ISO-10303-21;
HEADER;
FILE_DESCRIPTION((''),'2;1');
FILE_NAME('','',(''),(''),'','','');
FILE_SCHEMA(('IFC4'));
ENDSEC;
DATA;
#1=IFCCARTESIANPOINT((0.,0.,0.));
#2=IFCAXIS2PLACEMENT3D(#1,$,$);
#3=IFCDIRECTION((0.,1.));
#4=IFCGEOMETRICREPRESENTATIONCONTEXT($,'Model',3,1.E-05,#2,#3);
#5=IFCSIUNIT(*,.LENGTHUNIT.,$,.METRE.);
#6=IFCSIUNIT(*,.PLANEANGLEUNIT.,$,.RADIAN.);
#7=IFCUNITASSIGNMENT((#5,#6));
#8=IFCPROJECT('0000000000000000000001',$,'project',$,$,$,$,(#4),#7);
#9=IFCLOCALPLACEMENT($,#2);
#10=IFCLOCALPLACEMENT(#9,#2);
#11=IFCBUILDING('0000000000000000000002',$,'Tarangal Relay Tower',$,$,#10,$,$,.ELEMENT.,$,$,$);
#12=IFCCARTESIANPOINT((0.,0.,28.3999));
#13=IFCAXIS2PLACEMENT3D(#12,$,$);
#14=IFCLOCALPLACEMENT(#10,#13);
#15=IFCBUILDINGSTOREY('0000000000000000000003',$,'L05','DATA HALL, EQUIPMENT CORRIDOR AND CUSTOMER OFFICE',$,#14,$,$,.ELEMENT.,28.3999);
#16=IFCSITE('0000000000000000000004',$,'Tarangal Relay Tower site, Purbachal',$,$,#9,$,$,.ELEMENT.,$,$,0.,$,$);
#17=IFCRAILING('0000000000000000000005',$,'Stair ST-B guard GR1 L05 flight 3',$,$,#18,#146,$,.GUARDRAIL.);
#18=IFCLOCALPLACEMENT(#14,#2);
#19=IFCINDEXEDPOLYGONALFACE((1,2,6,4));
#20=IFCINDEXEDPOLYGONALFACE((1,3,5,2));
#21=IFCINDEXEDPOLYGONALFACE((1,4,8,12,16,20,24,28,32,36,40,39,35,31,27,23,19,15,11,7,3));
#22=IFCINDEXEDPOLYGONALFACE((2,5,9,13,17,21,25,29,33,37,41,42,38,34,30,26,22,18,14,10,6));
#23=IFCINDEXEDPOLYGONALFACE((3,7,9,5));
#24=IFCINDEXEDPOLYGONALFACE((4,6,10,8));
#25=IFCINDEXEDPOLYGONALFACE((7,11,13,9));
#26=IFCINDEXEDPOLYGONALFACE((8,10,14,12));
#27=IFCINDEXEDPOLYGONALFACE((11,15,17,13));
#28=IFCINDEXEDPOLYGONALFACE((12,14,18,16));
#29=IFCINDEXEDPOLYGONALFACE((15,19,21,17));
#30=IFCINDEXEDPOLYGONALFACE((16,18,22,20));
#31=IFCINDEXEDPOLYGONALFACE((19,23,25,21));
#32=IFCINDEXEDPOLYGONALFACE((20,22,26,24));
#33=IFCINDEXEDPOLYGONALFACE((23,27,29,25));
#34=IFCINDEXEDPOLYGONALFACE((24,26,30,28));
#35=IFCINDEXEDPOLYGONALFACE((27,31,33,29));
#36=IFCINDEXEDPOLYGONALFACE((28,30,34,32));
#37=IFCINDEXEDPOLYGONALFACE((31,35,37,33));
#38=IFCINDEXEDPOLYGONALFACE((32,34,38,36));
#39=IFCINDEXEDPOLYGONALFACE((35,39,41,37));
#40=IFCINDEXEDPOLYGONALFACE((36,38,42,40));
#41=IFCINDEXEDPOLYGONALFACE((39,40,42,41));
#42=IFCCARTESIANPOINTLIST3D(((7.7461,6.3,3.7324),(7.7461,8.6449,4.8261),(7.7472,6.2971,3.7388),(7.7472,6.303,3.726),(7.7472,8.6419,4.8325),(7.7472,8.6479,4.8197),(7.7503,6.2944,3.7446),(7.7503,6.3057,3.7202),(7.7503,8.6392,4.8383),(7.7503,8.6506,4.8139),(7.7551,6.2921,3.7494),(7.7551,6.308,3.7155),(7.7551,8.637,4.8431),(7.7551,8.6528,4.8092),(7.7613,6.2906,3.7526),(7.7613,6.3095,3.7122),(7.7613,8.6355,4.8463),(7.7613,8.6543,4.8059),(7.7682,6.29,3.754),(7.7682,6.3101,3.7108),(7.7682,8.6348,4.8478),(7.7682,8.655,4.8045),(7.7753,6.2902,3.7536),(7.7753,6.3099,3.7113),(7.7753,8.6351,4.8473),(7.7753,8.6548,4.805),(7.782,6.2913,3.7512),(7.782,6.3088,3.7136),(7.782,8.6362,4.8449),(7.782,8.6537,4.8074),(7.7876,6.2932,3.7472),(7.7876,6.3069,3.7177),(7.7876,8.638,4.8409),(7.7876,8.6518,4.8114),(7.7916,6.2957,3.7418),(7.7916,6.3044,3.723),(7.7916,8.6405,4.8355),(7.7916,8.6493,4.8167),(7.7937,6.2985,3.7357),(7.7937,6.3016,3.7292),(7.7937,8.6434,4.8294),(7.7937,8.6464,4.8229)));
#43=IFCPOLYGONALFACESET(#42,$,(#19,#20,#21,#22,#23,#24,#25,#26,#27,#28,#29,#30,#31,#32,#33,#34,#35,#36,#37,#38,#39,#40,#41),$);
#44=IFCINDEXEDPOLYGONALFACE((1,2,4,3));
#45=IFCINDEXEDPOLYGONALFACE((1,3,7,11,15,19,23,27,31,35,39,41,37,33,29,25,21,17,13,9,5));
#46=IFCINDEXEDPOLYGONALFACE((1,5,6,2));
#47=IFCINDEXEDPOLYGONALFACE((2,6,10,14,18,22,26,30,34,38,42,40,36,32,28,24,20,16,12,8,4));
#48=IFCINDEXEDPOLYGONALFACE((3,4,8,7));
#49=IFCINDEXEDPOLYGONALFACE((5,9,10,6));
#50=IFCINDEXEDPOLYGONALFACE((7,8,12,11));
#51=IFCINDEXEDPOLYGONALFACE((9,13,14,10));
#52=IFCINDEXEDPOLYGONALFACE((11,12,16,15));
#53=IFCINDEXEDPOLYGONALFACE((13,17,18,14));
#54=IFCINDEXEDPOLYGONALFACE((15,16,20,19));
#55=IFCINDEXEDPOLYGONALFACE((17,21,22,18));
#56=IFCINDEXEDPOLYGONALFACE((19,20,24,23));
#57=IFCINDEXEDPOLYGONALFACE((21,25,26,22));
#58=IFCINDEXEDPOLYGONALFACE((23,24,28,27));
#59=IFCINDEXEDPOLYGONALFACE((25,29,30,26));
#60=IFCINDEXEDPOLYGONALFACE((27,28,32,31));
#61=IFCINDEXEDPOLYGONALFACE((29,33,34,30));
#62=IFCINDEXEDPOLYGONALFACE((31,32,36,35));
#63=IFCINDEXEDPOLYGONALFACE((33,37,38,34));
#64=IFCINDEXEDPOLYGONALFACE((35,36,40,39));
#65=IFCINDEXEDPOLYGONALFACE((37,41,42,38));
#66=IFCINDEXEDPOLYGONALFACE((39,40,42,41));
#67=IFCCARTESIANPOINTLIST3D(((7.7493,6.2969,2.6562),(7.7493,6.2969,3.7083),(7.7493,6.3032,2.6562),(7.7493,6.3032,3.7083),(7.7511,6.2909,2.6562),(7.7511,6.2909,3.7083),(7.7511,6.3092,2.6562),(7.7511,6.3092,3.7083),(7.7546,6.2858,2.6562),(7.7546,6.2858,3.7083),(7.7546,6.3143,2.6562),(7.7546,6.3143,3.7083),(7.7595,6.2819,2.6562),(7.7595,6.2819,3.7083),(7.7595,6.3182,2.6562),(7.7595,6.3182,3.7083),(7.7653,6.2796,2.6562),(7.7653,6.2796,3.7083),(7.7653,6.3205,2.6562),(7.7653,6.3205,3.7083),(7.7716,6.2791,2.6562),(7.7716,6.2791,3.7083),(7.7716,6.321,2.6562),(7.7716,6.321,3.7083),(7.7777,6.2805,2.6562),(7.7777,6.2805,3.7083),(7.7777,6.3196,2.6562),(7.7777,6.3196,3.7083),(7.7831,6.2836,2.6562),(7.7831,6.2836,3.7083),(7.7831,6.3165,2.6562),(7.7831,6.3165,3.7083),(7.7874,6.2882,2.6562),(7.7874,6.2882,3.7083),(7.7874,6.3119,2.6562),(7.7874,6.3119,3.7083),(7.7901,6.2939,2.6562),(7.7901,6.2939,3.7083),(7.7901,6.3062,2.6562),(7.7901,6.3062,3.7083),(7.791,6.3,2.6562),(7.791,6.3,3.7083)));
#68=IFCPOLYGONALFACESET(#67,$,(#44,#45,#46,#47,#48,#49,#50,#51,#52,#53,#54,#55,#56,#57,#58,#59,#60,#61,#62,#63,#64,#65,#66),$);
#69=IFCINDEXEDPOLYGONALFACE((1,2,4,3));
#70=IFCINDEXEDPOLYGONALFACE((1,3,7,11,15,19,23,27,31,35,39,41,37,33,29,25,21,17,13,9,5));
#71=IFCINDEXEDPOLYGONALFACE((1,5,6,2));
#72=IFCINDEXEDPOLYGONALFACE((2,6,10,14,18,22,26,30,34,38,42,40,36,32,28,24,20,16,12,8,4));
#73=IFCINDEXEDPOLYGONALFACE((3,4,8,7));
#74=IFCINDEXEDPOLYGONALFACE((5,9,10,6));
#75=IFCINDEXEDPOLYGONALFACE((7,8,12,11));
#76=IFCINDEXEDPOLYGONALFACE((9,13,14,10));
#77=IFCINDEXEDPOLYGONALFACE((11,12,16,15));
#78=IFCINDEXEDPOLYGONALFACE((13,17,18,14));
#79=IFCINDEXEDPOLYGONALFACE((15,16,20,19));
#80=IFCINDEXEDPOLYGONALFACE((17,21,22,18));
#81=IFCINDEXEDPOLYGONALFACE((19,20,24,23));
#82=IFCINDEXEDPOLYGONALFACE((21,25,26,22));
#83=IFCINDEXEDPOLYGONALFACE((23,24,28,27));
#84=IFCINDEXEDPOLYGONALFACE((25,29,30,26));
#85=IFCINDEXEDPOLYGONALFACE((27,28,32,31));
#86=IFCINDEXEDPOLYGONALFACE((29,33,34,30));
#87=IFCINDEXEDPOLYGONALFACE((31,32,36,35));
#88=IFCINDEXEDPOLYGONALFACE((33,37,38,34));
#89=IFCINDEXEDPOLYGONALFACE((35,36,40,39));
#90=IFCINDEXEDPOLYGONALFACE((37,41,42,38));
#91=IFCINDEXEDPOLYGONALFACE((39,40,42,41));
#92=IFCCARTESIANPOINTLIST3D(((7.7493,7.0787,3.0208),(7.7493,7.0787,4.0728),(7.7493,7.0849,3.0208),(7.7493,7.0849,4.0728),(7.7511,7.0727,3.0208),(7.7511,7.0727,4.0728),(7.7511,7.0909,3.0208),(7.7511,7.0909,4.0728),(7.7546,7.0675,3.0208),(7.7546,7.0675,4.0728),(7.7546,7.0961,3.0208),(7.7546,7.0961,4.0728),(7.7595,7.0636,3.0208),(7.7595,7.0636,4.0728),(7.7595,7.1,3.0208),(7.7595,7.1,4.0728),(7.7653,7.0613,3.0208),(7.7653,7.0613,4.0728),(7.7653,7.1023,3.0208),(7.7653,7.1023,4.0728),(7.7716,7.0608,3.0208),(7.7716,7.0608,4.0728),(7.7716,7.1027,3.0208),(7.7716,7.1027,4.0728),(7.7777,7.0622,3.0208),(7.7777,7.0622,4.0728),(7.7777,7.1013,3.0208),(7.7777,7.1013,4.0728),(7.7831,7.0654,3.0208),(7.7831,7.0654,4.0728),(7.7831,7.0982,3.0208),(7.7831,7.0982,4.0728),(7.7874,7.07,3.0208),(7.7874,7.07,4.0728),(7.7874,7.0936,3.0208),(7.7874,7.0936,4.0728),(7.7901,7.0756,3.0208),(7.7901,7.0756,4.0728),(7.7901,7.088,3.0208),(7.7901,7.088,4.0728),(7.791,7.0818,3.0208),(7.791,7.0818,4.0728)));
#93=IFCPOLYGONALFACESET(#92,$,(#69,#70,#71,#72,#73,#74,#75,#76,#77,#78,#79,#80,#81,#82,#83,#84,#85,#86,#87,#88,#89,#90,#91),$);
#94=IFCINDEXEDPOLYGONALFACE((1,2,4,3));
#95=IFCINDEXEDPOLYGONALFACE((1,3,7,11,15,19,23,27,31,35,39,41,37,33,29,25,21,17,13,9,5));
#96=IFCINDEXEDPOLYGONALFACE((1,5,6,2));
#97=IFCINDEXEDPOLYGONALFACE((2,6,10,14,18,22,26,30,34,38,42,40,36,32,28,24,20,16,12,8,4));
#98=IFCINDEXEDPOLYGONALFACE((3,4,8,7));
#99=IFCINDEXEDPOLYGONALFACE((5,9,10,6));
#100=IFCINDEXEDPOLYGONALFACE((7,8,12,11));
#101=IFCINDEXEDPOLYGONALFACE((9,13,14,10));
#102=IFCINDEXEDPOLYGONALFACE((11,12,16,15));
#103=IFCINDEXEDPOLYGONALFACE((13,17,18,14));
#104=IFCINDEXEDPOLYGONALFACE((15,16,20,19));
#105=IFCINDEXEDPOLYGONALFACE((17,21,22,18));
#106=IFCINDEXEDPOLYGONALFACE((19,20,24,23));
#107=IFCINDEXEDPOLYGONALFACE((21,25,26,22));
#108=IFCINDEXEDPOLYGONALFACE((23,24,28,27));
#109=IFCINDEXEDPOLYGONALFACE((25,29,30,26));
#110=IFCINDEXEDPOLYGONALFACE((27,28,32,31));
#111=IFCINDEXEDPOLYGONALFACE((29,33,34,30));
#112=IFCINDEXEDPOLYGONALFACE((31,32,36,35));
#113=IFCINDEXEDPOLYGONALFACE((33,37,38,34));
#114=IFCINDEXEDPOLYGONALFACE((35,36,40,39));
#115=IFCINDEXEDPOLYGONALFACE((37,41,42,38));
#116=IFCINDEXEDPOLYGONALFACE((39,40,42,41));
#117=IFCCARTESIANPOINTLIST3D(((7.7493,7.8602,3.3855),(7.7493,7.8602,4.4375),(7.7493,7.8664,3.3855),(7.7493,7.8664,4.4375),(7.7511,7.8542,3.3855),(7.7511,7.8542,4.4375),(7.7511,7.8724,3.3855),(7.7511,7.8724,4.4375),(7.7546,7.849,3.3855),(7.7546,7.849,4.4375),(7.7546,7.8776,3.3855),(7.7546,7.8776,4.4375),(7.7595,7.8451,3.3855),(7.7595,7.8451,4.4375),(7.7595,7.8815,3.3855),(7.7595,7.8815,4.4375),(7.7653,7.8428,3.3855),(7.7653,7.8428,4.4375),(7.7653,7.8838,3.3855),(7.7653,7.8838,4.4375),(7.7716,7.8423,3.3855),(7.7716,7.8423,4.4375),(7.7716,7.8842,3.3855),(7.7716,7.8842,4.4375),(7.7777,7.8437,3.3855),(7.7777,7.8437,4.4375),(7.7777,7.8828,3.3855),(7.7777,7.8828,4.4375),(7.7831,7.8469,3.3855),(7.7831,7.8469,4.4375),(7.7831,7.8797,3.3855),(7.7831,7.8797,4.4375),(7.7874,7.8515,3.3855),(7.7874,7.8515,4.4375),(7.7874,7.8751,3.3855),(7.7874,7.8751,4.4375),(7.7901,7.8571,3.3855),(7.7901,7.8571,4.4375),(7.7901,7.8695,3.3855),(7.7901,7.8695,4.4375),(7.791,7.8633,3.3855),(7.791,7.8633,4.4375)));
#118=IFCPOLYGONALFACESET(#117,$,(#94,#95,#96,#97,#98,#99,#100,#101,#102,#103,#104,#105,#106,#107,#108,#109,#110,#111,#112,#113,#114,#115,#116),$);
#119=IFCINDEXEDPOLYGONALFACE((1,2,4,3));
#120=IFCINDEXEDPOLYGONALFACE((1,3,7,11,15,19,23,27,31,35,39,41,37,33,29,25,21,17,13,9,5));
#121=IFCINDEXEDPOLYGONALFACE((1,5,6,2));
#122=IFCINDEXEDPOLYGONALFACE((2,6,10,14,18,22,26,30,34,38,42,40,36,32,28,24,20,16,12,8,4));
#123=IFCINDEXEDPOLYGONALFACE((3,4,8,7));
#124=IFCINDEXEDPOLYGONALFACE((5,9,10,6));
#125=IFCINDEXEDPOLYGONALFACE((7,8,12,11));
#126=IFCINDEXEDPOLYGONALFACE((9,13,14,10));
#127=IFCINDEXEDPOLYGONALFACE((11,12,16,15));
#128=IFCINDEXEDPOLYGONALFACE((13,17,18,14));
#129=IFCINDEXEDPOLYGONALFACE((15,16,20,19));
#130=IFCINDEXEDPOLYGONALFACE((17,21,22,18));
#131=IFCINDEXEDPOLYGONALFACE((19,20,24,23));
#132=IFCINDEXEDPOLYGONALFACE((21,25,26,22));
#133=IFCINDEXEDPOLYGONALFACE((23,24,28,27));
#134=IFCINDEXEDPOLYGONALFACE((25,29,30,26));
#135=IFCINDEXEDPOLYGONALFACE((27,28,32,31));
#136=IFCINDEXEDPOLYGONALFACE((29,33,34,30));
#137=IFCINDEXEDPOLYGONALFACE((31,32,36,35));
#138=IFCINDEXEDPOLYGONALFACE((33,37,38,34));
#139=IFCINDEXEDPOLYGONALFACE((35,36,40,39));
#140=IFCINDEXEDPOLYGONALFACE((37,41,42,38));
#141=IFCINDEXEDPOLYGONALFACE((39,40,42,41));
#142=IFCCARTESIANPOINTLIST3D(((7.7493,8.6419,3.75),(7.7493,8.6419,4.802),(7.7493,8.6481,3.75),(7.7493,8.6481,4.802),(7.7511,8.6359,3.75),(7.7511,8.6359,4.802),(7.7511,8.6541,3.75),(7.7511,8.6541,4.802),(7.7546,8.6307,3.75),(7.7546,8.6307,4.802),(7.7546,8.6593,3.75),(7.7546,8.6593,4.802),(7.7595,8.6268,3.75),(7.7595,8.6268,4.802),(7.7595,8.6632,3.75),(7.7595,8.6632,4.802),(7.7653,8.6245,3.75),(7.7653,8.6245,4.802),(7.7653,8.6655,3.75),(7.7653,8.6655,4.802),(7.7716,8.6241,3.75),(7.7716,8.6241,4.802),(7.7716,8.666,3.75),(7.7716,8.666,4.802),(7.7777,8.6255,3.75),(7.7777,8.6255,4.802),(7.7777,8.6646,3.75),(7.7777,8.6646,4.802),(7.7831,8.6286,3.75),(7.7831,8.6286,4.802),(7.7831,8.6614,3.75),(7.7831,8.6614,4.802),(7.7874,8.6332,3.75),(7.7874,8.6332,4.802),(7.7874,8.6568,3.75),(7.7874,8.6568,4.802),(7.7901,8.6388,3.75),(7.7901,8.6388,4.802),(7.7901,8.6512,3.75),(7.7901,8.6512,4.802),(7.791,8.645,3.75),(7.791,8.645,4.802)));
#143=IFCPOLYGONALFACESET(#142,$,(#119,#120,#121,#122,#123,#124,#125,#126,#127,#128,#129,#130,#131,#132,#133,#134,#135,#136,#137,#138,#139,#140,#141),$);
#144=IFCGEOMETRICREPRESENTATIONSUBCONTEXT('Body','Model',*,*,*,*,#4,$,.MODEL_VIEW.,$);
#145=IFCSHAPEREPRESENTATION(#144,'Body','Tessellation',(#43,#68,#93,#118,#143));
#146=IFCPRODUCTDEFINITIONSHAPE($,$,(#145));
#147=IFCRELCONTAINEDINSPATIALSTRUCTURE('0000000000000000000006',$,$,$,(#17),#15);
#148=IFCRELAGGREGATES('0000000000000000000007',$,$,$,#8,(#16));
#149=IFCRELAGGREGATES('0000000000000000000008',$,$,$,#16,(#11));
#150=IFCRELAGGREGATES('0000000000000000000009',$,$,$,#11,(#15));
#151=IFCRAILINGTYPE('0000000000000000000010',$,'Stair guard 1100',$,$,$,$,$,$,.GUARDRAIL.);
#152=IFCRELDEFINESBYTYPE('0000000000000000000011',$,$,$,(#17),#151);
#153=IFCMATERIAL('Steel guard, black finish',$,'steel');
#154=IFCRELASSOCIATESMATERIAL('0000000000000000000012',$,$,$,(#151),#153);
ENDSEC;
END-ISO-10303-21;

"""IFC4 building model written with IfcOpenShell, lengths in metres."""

from ifc_helpers import new_model, si_unit, direction, frame, origin, origin_2d, place, context, subcontext, project, spatial, circle, extrude, material, type_object, element, save


model = new_model("IFC4")

# Units and contexts
model_context = context("Model", 3, precision=1e-05, world=origin(), true_north=direction((0.0, 1.0)))
body_context = subcontext(model_context, "Body", "Model", "MODEL_VIEW")
ifc_project = project(units=[si_unit("LENGTHUNIT", "METRE"), si_unit("PLANEANGLEUNIT", "RADIAN")], contexts=[model_context])

# Site, building, storey
site_placement = place(None, origin())
site = spatial("IfcSite", under=ifc_project, at=site_placement, Name="Tarangal Relay Tower site, Purbachal", CompositionType="ELEMENT", RefElevation=0.0)
building_placement = place(site_placement, origin())
building = spatial("IfcBuilding", under=site, at=building_placement, Name="Tarangal Relay Tower", CompositionType="ELEMENT")
storey_placement = place(building_placement, frame((0.0, 0.0, 28.3999)))
storey = spatial("IfcBuildingStorey", under=building, at=storey_placement, Name="L05", Description="DATA HALL, EQUIPMENT CORRIDOR AND CUSTOMER OFFICE", CompositionType="ELEMENT", Elevation=28.3999)

# Railing
ifc_material_1 = material(Name="Steel guard, black finish", Category="steel")
railing_type_1 = type_object("IfcRailingType", Name="Stair guard 1100", PredefinedType="GUARDRAIL", material=ifc_material_1)
railing_1_placement = place(storey_placement, frame((7.77, 6.3, 2.6562)))
element("IfcRailing", 1, at=railing_1_placement, inside=storey, type_object=railing_type_1, Name="Stair ST-B guard GR1 L05 flight 3", PredefinedType="GUARDRAIL", context=body_context, shape_type="SweptSolid", body=[
    extrude(circle(Radius=0.0239, at=origin_2d()), frame((0.0, 0.0, 1.0762), z_axis=(0.0, 0.906267, 0.422705), x_axis=(-1.0, 0.0, 0.0)), (0.0, 0.0, 1.0), 2.5874),
    extrude(circle(Radius=0.021, at=origin_2d()), origin(), (0.0, 0.0, 1.0), 1.052),
    extrude(circle(Radius=0.021, at=origin_2d()), frame((0.0, 0.7817, 0.3645)), (0.0, 0.0, 1.0), 1.052),
    extrude(circle(Radius=0.021, at=origin_2d()), frame((0.0, 1.5632, 0.7292)), (0.0, 0.0, 1.0), 1.052),
    extrude(circle(Radius=0.021, at=origin_2d()), frame((0.0, 2.345, 1.0938)), (0.0, 0.0, 1.0), 1.052),
])

save(model, "model.ifc")
